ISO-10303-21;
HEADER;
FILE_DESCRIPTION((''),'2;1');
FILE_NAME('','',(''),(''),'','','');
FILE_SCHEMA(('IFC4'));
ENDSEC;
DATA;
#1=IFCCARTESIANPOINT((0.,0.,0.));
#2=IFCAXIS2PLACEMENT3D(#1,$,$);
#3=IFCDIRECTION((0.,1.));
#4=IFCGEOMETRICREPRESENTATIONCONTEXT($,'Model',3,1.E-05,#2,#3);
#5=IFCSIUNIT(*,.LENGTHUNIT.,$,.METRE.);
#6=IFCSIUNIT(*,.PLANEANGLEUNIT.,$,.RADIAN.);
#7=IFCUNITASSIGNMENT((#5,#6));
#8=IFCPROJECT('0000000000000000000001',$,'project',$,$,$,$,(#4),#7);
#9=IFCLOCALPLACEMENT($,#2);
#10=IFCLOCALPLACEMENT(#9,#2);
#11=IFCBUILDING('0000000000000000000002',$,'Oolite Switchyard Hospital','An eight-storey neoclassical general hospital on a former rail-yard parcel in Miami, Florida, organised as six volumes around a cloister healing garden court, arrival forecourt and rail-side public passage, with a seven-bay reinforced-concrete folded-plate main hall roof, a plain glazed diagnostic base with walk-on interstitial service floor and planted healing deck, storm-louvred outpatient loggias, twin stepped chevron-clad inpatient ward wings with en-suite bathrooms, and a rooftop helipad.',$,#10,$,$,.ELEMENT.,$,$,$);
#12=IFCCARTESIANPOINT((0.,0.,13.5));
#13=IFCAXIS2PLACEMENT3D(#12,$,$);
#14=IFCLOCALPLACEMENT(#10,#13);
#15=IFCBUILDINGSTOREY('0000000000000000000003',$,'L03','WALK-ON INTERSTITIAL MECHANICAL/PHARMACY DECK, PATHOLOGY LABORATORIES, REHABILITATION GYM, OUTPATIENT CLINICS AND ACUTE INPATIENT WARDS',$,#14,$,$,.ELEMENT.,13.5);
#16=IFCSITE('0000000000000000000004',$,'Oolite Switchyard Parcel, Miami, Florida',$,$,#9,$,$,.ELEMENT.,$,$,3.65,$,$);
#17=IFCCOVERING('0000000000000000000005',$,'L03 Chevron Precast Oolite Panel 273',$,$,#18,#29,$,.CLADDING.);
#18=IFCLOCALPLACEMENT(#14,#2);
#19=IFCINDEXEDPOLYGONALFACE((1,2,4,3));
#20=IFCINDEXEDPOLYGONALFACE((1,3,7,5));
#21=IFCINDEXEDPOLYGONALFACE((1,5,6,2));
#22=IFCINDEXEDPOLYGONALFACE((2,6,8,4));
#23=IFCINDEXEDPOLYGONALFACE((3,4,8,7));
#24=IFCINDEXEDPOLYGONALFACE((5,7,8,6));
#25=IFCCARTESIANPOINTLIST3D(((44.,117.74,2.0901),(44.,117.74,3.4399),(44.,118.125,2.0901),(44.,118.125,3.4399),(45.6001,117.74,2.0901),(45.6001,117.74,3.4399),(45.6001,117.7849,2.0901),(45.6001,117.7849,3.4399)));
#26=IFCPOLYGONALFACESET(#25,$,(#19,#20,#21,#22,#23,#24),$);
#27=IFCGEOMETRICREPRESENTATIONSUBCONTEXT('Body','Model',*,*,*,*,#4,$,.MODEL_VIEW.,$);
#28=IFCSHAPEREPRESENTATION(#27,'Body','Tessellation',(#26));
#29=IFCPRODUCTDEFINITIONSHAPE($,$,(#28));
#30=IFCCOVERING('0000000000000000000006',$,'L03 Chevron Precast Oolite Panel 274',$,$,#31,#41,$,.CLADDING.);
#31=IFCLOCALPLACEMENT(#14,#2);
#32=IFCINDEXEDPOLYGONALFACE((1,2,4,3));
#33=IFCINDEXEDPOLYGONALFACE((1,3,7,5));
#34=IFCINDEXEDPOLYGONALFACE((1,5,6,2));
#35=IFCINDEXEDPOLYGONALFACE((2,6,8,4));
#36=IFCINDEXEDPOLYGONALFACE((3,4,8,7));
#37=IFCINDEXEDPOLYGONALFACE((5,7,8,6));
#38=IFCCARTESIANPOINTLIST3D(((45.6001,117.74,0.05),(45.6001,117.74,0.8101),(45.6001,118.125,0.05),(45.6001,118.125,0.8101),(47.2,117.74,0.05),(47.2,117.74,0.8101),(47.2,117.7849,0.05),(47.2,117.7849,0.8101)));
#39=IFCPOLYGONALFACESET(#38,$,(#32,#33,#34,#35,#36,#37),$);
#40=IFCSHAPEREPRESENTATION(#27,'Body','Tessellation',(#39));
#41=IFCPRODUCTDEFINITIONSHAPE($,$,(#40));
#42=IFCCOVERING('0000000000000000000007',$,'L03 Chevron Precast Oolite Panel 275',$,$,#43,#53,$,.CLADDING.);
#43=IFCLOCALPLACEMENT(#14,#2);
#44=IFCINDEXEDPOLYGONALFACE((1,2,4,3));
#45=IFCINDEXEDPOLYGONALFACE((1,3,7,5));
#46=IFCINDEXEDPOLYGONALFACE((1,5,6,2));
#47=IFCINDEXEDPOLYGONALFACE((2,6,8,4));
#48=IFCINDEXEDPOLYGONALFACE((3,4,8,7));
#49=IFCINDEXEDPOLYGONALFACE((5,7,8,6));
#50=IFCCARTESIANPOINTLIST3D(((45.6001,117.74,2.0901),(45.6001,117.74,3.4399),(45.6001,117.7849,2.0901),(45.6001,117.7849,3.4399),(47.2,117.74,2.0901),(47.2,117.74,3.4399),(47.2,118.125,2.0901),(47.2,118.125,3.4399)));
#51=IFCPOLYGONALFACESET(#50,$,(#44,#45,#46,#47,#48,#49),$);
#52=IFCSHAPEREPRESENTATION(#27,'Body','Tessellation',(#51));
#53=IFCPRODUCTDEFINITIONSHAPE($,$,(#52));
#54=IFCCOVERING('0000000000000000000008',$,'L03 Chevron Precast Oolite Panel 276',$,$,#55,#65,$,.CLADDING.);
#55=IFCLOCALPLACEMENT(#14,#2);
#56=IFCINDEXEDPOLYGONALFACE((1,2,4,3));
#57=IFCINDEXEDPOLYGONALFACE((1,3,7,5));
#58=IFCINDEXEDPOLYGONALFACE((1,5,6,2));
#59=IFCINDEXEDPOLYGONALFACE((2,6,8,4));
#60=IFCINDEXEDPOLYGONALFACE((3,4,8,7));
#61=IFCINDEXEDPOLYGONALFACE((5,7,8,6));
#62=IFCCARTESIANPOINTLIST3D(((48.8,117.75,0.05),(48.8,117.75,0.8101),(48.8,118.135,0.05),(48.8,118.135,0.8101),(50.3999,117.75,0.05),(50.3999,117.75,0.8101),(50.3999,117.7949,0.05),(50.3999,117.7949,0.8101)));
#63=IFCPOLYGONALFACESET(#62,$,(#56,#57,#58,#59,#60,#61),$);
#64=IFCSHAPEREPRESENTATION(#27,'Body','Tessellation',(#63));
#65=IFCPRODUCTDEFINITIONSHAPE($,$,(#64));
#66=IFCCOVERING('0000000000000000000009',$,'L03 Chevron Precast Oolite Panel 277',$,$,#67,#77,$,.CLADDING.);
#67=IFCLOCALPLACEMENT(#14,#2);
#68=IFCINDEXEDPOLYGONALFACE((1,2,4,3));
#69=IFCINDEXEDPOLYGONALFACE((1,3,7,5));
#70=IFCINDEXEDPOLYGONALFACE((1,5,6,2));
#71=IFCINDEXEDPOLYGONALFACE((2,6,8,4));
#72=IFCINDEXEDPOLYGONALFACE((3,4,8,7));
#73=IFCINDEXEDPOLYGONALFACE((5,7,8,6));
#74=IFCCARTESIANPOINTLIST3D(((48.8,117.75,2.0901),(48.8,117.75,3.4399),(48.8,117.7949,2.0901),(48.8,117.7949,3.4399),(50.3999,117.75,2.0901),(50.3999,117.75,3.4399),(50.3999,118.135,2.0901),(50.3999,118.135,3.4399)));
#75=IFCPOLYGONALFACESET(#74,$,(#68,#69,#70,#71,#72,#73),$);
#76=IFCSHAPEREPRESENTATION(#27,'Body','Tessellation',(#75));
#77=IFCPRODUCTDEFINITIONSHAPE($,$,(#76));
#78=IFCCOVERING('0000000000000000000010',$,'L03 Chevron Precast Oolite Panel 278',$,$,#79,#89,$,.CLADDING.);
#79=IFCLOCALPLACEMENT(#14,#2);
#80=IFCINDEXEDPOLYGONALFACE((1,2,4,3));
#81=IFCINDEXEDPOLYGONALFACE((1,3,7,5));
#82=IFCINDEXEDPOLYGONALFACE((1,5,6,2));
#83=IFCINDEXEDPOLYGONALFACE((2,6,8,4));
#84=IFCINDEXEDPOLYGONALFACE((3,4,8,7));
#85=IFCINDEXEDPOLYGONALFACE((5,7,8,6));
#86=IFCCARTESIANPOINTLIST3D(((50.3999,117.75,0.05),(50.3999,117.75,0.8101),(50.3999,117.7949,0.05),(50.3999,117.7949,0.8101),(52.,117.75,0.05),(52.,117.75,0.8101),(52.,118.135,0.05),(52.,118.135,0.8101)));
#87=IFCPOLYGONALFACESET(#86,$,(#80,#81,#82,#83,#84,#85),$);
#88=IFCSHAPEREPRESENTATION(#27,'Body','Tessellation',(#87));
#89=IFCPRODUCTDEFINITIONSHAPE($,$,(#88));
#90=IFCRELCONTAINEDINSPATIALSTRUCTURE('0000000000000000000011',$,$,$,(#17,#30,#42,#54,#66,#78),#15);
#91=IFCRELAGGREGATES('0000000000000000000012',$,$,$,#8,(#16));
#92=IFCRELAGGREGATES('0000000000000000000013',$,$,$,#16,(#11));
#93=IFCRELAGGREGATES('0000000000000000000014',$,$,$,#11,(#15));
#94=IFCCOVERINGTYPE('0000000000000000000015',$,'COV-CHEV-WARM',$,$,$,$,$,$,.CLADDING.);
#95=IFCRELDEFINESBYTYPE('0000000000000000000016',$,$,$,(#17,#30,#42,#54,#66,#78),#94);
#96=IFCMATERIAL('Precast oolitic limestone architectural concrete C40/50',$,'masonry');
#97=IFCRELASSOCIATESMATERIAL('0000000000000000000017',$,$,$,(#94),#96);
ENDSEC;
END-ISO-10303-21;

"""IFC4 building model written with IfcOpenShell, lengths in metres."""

from ifc_helpers import new_model, si_unit, direction, frame, origin, place, context, subcontext, project, spatial, polyline, outline, extrude, material, type_object, element, save


model = new_model("IFC4")

# Units and contexts
model_context = context("Model", 3, precision=1e-05, world=origin(), true_north=direction((0.0, 1.0)))
body_context = subcontext(model_context, "Body", "Model", "MODEL_VIEW")
ifc_project = project(units=[si_unit("LENGTHUNIT", "METRE"), si_unit("PLANEANGLEUNIT", "RADIAN")], contexts=[model_context])

# Site, building, storey
site_placement = place(None, origin())
site = spatial("IfcSite", under=ifc_project, at=site_placement, Name="Oolite Switchyard Parcel, Miami, Florida", CompositionType="ELEMENT", RefElevation=3.65)
building_placement = place(site_placement, origin())
building = spatial("IfcBuilding", under=site, at=building_placement, Name="Oolite Switchyard Hospital", Description="An eight-storey neoclassical general hospital on a former rail-yard parcel in Miami, Florida, organised as six volumes around a cloister healing garden court, arrival forecourt and rail-side public passage, with a seven-bay reinforced-concrete folded-plate main hall roof, a plain glazed diagnostic base with walk-on interstitial service floor and planted healing deck, storm-louvred outpatient loggias, twin stepped chevron-clad inpatient ward wings with en-suite bathrooms, and a rooftop helipad.", CompositionType="ELEMENT")
storey_placement = place(building_placement, frame((0.0, 0.0, 13.5)))
storey = spatial("IfcBuildingStorey", under=building, at=storey_placement, Name="L03", Description="WALK-ON INTERSTITIAL MECHANICAL/PHARMACY DECK, PATHOLOGY LABORATORIES, REHABILITATION GYM, OUTPATIENT CLINICS AND ACUTE INPATIENT WARDS", CompositionType="ELEMENT", Elevation=13.5)

# Coverings
ifc_material_1 = material(Name="Precast oolitic limestone architectural concrete C40/50", Category="masonry")
covering_type = type_object("IfcCoveringType", Name="COV-CHEV-WARM", PredefinedType="CLADDING", material=ifc_material_1)
covering_1_placement = place(storey_placement, frame((44.0, 117.74, 2.0901), z_axis=(0.0, 0.0, 1.0), x_axis=(1.0, 0.0, 0.0)))
element("IfcCovering", 1, at=covering_1_placement, inside=storey, type_object=covering_type, Name="L03 Chevron Precast Oolite Panel 273", PredefinedType="CLADDING", context=body_context, shape_type="SweptSolid", body=[
    extrude(outline(polyline([(0.0, 0.0), (1.6001, 0.0), (1.6001, 0.0449), (0.0, 0.385), (0.0, 0.0)])), origin(), (0.0, 0.0, 1.0), 1.3499),
])
covering_2_placement = place(storey_placement, frame((45.6001, 117.74, 0.05), z_axis=(0.0, 0.0, 1.0), x_axis=(1.0, 0.0, 0.0)))
element("IfcCovering", 2, at=covering_2_placement, inside=storey, type_object=covering_type, Name="L03 Chevron Precast Oolite Panel 274", PredefinedType="CLADDING", context=body_context, shape_type="SweptSolid", body=[
    extrude(outline(polyline([(0.0, 0.0), (1.5999, 0.0), (1.5999, 0.0449), (0.0, 0.385), (0.0, 0.0)])), origin(), (0.0, 0.0, 1.0), 0.76),
])
covering_3_placement = place(storey_placement, frame((45.6001, 117.74, 2.0901), z_axis=(0.0, 0.0, 1.0), x_axis=(1.0, 0.0, 0.0)))
element("IfcCovering", 3, at=covering_3_placement, inside=storey, type_object=covering_type, Name="L03 Chevron Precast Oolite Panel 275", PredefinedType="CLADDING", context=body_context, shape_type="SweptSolid", body=[
    extrude(outline(polyline([(0.0, 0.0), (1.5999, 0.0), (1.5999, 0.385), (0.0, 0.0449), (0.0, 0.0)])), origin(), (0.0, 0.0, 1.0), 1.3499),
])
covering_4_placement = place(storey_placement, frame((48.8, 117.75, 0.05), z_axis=(0.0, 0.0, 1.0), x_axis=(1.0, 0.0, 0.0)))
element("IfcCovering", 4, at=covering_4_placement, inside=storey, type_object=covering_type, Name="L03 Chevron Precast Oolite Panel 276", PredefinedType="CLADDING", context=body_context, shape_type="SweptSolid", body=[
    extrude(outline(polyline([(0.0, 0.0), (1.5999, 0.0), (1.5999, 0.0449), (0.0, 0.385), (0.0, 0.0)])), origin(), (0.0, 0.0, 1.0), 0.76),
])
covering_5_placement = place(storey_placement, frame((48.8, 117.75, 2.0901), z_axis=(0.0, 0.0, 1.0), x_axis=(1.0, 0.0, 0.0)))
element("IfcCovering", 5, at=covering_5_placement, inside=storey, type_object=covering_type, Name="L03 Chevron Precast Oolite Panel 277", PredefinedType="CLADDING", context=body_context, shape_type="SweptSolid", body=[
    extrude(outline(polyline([(0.0, 0.0), (1.5999, 0.0), (1.5999, 0.385), (0.0, 0.0449), (0.0, 0.0)])), origin(), (0.0, 0.0, 1.0), 1.3499),
])
covering_6_placement = place(storey_placement, frame((50.3999, 117.75, 0.05), z_axis=(0.0, 0.0, 1.0), x_axis=(1.0, 0.0, 0.0)))
element("IfcCovering", 6, at=covering_6_placement, inside=storey, type_object=covering_type, Name="L03 Chevron Precast Oolite Panel 278", PredefinedType="CLADDING", context=body_context, shape_type="SweptSolid", body=[
    extrude(outline(polyline([(0.0, 0.0), (1.6001, 0.0), (1.6001, 0.385), (0.0, 0.0449), (0.0, 0.0)])), origin(), (0.0, 0.0, 1.0), 0.76),
])

save(model, "model.ifc")
